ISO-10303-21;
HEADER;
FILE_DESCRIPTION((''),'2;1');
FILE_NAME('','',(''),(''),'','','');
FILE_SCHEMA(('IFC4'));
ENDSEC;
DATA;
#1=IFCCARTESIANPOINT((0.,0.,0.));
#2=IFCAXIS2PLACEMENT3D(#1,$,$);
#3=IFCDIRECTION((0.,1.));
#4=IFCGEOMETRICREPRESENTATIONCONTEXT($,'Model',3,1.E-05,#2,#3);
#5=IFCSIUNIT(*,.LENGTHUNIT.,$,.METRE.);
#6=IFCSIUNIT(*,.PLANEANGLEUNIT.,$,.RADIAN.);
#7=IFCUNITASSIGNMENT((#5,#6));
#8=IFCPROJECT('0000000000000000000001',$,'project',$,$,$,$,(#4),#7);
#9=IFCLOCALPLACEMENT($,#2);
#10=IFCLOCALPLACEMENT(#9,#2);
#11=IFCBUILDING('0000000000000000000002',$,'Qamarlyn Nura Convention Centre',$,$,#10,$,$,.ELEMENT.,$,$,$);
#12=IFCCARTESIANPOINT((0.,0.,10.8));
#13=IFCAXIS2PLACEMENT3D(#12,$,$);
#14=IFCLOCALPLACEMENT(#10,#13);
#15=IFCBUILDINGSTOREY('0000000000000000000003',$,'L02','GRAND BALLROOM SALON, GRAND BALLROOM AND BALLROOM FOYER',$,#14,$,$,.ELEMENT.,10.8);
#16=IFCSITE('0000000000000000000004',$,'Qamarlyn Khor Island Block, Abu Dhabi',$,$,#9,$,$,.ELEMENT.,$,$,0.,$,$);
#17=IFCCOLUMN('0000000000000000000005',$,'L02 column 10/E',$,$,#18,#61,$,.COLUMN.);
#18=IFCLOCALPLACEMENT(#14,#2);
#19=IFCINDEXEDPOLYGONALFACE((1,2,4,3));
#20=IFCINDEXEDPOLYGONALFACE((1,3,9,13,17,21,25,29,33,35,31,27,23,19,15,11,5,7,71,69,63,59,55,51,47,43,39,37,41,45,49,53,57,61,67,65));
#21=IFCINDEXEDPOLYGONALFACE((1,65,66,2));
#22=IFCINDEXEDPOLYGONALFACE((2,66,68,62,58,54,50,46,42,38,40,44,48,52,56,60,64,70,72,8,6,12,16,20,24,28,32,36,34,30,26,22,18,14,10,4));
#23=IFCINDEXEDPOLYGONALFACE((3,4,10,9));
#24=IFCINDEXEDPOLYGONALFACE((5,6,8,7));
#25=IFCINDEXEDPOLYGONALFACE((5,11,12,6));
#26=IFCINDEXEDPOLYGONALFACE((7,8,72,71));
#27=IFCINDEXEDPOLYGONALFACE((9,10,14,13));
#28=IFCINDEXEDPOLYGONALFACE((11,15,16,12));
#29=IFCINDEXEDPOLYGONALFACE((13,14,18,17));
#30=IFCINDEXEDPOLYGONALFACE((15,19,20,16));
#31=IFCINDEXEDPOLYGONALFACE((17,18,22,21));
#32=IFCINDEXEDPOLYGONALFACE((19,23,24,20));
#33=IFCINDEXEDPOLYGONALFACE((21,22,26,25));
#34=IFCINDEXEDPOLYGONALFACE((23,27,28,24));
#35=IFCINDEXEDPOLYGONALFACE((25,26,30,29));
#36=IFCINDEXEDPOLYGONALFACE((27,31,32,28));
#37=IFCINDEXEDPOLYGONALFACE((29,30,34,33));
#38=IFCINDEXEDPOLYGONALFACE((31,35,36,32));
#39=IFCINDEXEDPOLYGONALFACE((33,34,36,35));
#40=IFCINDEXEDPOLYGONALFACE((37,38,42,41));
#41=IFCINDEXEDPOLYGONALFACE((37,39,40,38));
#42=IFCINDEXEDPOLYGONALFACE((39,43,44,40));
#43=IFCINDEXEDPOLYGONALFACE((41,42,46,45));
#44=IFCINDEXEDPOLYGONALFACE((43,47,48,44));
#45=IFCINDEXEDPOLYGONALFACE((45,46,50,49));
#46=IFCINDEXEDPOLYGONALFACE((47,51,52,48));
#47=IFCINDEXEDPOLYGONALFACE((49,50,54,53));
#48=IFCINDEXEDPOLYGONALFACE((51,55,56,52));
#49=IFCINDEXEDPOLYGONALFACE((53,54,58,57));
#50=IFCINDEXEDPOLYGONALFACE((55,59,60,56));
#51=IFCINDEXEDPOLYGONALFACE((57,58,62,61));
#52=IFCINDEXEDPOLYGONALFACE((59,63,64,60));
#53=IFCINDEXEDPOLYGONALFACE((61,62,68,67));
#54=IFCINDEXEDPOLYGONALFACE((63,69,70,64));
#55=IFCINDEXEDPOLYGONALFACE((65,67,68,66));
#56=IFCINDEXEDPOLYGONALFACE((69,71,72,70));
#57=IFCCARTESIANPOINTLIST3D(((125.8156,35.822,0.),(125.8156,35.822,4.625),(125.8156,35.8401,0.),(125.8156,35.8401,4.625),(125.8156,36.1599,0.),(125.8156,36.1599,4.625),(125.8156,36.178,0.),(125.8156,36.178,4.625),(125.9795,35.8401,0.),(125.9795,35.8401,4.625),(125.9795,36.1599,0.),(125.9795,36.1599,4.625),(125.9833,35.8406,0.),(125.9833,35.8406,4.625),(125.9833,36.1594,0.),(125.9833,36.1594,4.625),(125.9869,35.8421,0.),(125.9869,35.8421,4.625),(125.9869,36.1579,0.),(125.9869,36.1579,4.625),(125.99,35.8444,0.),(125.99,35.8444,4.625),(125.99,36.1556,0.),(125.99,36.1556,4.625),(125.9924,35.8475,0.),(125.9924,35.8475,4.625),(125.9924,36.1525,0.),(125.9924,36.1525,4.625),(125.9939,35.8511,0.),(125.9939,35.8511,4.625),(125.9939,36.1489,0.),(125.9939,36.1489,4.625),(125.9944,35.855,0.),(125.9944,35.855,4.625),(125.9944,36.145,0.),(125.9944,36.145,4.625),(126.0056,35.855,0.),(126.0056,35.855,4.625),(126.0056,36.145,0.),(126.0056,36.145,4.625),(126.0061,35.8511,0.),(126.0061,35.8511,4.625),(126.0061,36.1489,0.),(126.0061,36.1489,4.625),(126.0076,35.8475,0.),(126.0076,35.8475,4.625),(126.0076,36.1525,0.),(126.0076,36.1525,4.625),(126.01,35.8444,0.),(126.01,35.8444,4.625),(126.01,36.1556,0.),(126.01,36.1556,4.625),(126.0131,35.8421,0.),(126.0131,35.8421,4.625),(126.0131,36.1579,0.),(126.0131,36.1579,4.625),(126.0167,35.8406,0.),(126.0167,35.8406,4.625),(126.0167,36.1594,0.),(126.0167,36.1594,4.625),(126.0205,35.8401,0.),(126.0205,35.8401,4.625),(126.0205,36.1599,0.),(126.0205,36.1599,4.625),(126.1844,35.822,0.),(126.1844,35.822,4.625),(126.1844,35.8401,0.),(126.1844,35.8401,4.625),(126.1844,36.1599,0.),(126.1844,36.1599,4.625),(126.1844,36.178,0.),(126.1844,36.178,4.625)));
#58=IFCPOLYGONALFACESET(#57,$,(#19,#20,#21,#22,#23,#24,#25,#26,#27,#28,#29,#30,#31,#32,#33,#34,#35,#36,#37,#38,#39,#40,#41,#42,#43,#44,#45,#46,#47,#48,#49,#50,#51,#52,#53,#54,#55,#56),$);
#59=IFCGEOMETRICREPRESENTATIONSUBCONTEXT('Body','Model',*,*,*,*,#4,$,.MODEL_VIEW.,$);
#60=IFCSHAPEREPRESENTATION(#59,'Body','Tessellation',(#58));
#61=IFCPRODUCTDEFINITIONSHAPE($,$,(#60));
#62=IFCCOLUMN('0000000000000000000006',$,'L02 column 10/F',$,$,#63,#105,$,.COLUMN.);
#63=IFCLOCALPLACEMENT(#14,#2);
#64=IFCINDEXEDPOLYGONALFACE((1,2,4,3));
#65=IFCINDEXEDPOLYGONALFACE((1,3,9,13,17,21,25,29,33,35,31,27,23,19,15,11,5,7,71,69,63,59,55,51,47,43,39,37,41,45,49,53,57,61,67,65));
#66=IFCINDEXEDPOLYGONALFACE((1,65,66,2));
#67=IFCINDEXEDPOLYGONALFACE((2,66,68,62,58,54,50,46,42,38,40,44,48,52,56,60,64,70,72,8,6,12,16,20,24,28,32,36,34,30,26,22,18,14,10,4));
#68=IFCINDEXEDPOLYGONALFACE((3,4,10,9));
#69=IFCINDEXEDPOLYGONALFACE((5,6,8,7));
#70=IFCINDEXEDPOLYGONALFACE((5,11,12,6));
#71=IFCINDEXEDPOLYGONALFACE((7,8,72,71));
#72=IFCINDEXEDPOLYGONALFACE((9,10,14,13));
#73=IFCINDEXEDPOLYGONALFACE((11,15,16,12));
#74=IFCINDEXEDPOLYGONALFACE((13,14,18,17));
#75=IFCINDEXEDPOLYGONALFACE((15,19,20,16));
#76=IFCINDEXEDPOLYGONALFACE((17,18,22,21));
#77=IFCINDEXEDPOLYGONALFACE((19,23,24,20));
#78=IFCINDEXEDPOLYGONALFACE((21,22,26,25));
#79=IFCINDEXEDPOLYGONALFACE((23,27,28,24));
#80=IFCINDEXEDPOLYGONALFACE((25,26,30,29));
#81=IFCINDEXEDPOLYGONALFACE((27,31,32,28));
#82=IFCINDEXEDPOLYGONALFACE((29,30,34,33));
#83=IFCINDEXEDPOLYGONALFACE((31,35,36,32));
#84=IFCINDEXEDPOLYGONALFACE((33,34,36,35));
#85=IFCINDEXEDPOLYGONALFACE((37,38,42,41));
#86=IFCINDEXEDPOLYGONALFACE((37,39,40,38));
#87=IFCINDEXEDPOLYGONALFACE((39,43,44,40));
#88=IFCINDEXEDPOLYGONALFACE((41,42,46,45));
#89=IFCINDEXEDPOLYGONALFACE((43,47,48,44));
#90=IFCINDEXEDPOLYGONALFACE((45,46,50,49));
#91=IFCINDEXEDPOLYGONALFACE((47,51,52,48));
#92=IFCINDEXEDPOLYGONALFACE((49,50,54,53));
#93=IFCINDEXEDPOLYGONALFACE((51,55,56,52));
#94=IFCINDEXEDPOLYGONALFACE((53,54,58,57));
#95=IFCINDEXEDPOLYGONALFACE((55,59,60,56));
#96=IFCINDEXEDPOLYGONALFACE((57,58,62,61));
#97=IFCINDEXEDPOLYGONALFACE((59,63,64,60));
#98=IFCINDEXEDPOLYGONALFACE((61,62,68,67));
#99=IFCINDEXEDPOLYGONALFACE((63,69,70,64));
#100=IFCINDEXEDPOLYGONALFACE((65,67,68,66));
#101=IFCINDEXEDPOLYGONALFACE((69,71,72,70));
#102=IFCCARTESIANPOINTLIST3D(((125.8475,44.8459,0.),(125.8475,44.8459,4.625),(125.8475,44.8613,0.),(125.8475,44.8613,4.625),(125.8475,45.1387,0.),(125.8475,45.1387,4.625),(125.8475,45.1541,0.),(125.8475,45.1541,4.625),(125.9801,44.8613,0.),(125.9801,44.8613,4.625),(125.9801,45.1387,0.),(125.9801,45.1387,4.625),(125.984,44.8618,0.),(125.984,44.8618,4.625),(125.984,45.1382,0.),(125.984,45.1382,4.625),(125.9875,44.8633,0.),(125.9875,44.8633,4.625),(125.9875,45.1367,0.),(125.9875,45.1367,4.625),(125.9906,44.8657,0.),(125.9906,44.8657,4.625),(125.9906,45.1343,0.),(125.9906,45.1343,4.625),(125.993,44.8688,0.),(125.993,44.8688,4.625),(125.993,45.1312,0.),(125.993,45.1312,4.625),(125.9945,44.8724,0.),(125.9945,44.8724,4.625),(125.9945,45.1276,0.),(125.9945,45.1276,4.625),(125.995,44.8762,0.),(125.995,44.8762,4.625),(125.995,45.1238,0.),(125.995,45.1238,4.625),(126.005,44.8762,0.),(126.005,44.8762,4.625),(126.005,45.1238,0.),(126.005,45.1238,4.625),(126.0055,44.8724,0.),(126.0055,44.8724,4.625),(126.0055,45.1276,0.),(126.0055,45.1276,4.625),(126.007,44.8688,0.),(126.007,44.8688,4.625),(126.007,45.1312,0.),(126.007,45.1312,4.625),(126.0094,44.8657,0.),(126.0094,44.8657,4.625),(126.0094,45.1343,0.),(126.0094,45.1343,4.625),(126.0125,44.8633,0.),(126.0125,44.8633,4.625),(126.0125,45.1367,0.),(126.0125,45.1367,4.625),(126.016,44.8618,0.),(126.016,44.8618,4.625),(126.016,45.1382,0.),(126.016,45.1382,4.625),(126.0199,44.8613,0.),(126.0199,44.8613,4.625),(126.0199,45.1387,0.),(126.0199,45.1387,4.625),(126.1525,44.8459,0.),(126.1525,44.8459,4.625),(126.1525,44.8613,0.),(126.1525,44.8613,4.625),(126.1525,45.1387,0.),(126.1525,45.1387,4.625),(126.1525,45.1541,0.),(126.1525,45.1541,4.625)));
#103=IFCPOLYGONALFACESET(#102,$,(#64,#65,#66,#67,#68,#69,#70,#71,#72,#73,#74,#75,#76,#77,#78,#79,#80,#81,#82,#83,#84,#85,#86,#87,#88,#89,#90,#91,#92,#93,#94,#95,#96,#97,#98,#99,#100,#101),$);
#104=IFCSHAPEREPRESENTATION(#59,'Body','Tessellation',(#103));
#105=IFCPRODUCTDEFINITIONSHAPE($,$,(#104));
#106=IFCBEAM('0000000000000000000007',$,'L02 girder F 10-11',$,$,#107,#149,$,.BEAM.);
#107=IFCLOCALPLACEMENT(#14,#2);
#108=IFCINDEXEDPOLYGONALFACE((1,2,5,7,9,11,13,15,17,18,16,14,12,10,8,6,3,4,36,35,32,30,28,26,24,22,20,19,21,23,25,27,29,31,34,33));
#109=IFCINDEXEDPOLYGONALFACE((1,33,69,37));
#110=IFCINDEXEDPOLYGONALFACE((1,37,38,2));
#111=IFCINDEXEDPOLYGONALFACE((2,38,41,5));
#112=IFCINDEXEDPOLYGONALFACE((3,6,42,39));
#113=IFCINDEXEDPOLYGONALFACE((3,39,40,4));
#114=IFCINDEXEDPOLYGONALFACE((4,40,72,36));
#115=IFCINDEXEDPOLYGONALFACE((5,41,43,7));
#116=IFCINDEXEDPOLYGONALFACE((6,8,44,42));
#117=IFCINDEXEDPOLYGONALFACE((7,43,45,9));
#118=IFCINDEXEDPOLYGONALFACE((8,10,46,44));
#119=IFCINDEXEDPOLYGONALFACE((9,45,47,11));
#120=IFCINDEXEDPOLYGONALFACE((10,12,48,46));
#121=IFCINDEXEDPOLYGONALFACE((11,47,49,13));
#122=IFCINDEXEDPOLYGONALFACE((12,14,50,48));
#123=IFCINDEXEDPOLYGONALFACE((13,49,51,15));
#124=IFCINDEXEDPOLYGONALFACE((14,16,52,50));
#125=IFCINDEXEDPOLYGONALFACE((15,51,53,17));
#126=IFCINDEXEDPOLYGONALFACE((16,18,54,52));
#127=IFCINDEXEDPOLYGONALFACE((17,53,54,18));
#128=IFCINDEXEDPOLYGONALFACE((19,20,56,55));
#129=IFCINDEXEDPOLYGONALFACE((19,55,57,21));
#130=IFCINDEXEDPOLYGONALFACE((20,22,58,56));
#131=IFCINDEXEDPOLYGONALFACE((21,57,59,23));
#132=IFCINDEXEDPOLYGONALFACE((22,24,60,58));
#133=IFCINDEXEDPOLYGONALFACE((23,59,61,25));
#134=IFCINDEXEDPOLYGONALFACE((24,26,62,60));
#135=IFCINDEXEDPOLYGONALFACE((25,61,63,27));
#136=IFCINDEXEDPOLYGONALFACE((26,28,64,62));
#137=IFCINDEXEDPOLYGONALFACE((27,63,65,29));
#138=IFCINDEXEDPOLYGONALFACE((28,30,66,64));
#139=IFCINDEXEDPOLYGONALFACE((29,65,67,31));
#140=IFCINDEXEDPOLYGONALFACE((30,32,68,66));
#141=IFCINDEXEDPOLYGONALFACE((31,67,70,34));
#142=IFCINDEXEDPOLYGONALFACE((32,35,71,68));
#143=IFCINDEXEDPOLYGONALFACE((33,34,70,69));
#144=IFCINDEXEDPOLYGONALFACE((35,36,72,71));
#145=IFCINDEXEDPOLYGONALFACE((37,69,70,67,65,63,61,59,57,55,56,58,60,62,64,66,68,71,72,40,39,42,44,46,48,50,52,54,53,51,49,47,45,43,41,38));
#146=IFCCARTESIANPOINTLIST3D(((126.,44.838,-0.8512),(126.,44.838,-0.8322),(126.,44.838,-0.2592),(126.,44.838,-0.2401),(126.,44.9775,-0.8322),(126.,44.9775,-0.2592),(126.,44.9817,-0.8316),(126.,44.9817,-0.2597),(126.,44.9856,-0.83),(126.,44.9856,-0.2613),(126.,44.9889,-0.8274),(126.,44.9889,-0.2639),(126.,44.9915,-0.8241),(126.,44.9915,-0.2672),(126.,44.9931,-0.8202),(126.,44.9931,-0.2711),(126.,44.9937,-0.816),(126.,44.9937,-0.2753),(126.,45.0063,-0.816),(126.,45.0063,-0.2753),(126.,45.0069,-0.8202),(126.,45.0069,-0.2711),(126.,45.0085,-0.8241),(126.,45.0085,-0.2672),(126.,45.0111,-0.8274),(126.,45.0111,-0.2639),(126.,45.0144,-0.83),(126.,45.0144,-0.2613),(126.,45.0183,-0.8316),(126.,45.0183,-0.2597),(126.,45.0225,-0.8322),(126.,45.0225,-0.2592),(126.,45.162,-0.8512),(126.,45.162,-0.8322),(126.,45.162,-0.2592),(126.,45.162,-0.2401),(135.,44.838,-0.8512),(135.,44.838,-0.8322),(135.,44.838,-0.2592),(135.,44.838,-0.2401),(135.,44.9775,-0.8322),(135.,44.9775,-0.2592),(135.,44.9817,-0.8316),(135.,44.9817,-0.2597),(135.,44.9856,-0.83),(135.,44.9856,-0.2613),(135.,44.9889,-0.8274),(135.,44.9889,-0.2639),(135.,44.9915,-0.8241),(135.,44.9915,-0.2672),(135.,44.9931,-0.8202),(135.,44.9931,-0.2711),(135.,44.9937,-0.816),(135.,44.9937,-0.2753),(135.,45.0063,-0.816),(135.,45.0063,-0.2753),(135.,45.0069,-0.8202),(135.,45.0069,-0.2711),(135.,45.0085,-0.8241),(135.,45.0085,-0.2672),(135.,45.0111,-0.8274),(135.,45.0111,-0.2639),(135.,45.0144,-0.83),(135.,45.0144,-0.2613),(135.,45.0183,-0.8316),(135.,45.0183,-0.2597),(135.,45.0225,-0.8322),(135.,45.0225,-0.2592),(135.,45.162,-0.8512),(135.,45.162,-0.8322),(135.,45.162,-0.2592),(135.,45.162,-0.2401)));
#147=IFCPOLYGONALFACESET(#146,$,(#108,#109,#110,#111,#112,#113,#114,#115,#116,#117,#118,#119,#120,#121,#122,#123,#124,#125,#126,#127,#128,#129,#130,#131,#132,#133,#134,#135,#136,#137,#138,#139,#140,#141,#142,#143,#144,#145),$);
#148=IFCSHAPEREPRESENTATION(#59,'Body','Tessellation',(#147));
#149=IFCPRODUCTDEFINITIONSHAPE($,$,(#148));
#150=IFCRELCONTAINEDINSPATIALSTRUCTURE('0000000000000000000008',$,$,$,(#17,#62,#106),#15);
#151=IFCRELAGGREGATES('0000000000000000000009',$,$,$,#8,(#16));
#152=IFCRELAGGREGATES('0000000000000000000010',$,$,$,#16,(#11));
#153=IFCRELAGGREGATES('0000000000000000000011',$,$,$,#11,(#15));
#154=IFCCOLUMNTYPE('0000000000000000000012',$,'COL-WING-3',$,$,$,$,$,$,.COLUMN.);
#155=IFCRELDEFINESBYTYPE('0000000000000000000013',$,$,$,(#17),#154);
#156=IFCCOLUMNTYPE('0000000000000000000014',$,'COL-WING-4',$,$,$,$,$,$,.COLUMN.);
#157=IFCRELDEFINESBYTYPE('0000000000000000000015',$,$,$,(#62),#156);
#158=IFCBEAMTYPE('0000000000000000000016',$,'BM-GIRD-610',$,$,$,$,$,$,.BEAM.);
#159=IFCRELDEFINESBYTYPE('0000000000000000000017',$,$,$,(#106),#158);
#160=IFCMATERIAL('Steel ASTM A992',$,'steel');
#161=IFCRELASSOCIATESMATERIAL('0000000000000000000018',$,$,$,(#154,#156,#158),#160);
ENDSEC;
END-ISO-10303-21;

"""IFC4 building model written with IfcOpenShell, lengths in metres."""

from ifc_helpers import new_model, si_unit, direction, frame, origin, origin_2d, place, context, subcontext, project, spatial, i_section, extrude, material, material_profile, profile_set, type_object, element, save


model = new_model("IFC4")

# Units and contexts
model_context = context("Model", 3, precision=1e-05, world=origin(), true_north=direction((0.0, 1.0)))
body_context = subcontext(model_context, "Body", "Model", "MODEL_VIEW")
ifc_project = project(units=[si_unit("LENGTHUNIT", "METRE"), si_unit("PLANEANGLEUNIT", "RADIAN")], contexts=[model_context])

# Site, building, storey
site_placement = place(None, origin())
site = spatial("IfcSite", under=ifc_project, at=site_placement, Name="Qamarlyn Khor Island Block, Abu Dhabi", CompositionType="ELEMENT", RefElevation=0.0)
building_placement = place(site_placement, origin())
building = spatial("IfcBuilding", under=site, at=building_placement, Name="Qamarlyn Nura Convention Centre", CompositionType="ELEMENT")
storey_placement = place(building_placement, frame((0.0, 0.0, 10.8)))
storey = spatial("IfcBuildingStorey", under=building, at=storey_placement, Name="L02", Description="GRAND BALLROOM SALON, GRAND BALLROOM AND BALLROOM FOYER", CompositionType="ELEMENT", Elevation=10.8)

# Columns
ifc_material_1 = material(Name="Steel ASTM A992", Category="steel")
ifc_material_profile_1 = material_profile(ifc_material_1, i_section(OverallWidth=0.3689, OverallDepth=0.356, WebThickness=0.0112, FlangeThickness=0.0181, FilletRadius=0.0149, at=origin_2d()), Name="W360X134")
ifc_profile_set_1 = profile_set([ifc_material_profile_1], Name="Steel ASTM A992")
column_type_1 = type_object("IfcColumnType", Name="COL-WING-3", PredefinedType="COLUMN", material=ifc_profile_set_1)
column_1_placement = place(storey_placement, frame((126.0, 36.0, 0.0), z_axis=(0.0, 0.0, 1.0), x_axis=(1.0, 0.0, 0.0)))
element("IfcColumn", 1, at=column_1_placement, inside=storey, type_object=column_type_1, Name="L02 column 10/E", PredefinedType="COLUMN", context=body_context, shape_type="SweptSolid", body=[
    extrude(i_section(OverallWidth=0.3689, OverallDepth=0.356, WebThickness=0.0112, FlangeThickness=0.0181, FilletRadius=0.0149, at=origin_2d()), origin(), (0.0, 0.0, 1.0), 4.625),
])
ifc_material_profile_2 = material_profile(ifc_material_1, i_section(OverallWidth=0.3049, OverallDepth=0.3081, WebThickness=0.01, FlangeThickness=0.0154, FilletRadius=0.0149, at=origin_2d()), Name="W310X97")
ifc_profile_set_2 = profile_set([ifc_material_profile_2], Name="Steel ASTM A992")
column_type_2 = type_object("IfcColumnType", Name="COL-WING-4", PredefinedType="COLUMN", material=ifc_profile_set_2)
column_2_placement = place(storey_placement, frame((126.0, 45.0, 0.0), z_axis=(0.0, 0.0, 1.0), x_axis=(1.0, 0.0, 0.0)))
element("IfcColumn", 2, at=column_2_placement, inside=storey, type_object=column_type_2, Name="L02 column 10/F", PredefinedType="COLUMN", context=body_context, shape_type="SweptSolid", body=[
    extrude(i_section(OverallWidth=0.3049, OverallDepth=0.3081, WebThickness=0.01, FlangeThickness=0.0154, FilletRadius=0.0149, at=origin_2d()), origin(), (0.0, 0.0, 1.0), 4.625),
])

# Beam
ifc_material_profile_3 = material_profile(ifc_material_1, i_section(OverallWidth=0.324, OverallDepth=0.6111, WebThickness=0.0127, FlangeThickness=0.019, FilletRadius=0.0161, at=origin_2d()), Name="W610X155")
ifc_profile_set_3 = profile_set([ifc_material_profile_3], Name="Steel ASTM A992")
beam_type_1 = type_object("IfcBeamType", Name="BM-GIRD-610", PredefinedType="BEAM", material=ifc_profile_set_3)
beam_1_placement = place(storey_placement, frame((126.0, 45.0, -0.5457), z_axis=(1.0, 0.0, 0.0), x_axis=(0.0, 1.0, 0.0)))
element("IfcBeam", 3, at=beam_1_placement, inside=storey, type_object=beam_type_1, Name="L02 girder F 10-11", PredefinedType="BEAM", context=body_context, shape_type="SweptSolid", body=[
    extrude(i_section(OverallWidth=0.324, OverallDepth=0.6111, WebThickness=0.0127, FlangeThickness=0.019, FilletRadius=0.0161, at=origin_2d()), origin(), (0.0, 0.0, 1.0), 9.0),
])

save(model, "model.ifc")
